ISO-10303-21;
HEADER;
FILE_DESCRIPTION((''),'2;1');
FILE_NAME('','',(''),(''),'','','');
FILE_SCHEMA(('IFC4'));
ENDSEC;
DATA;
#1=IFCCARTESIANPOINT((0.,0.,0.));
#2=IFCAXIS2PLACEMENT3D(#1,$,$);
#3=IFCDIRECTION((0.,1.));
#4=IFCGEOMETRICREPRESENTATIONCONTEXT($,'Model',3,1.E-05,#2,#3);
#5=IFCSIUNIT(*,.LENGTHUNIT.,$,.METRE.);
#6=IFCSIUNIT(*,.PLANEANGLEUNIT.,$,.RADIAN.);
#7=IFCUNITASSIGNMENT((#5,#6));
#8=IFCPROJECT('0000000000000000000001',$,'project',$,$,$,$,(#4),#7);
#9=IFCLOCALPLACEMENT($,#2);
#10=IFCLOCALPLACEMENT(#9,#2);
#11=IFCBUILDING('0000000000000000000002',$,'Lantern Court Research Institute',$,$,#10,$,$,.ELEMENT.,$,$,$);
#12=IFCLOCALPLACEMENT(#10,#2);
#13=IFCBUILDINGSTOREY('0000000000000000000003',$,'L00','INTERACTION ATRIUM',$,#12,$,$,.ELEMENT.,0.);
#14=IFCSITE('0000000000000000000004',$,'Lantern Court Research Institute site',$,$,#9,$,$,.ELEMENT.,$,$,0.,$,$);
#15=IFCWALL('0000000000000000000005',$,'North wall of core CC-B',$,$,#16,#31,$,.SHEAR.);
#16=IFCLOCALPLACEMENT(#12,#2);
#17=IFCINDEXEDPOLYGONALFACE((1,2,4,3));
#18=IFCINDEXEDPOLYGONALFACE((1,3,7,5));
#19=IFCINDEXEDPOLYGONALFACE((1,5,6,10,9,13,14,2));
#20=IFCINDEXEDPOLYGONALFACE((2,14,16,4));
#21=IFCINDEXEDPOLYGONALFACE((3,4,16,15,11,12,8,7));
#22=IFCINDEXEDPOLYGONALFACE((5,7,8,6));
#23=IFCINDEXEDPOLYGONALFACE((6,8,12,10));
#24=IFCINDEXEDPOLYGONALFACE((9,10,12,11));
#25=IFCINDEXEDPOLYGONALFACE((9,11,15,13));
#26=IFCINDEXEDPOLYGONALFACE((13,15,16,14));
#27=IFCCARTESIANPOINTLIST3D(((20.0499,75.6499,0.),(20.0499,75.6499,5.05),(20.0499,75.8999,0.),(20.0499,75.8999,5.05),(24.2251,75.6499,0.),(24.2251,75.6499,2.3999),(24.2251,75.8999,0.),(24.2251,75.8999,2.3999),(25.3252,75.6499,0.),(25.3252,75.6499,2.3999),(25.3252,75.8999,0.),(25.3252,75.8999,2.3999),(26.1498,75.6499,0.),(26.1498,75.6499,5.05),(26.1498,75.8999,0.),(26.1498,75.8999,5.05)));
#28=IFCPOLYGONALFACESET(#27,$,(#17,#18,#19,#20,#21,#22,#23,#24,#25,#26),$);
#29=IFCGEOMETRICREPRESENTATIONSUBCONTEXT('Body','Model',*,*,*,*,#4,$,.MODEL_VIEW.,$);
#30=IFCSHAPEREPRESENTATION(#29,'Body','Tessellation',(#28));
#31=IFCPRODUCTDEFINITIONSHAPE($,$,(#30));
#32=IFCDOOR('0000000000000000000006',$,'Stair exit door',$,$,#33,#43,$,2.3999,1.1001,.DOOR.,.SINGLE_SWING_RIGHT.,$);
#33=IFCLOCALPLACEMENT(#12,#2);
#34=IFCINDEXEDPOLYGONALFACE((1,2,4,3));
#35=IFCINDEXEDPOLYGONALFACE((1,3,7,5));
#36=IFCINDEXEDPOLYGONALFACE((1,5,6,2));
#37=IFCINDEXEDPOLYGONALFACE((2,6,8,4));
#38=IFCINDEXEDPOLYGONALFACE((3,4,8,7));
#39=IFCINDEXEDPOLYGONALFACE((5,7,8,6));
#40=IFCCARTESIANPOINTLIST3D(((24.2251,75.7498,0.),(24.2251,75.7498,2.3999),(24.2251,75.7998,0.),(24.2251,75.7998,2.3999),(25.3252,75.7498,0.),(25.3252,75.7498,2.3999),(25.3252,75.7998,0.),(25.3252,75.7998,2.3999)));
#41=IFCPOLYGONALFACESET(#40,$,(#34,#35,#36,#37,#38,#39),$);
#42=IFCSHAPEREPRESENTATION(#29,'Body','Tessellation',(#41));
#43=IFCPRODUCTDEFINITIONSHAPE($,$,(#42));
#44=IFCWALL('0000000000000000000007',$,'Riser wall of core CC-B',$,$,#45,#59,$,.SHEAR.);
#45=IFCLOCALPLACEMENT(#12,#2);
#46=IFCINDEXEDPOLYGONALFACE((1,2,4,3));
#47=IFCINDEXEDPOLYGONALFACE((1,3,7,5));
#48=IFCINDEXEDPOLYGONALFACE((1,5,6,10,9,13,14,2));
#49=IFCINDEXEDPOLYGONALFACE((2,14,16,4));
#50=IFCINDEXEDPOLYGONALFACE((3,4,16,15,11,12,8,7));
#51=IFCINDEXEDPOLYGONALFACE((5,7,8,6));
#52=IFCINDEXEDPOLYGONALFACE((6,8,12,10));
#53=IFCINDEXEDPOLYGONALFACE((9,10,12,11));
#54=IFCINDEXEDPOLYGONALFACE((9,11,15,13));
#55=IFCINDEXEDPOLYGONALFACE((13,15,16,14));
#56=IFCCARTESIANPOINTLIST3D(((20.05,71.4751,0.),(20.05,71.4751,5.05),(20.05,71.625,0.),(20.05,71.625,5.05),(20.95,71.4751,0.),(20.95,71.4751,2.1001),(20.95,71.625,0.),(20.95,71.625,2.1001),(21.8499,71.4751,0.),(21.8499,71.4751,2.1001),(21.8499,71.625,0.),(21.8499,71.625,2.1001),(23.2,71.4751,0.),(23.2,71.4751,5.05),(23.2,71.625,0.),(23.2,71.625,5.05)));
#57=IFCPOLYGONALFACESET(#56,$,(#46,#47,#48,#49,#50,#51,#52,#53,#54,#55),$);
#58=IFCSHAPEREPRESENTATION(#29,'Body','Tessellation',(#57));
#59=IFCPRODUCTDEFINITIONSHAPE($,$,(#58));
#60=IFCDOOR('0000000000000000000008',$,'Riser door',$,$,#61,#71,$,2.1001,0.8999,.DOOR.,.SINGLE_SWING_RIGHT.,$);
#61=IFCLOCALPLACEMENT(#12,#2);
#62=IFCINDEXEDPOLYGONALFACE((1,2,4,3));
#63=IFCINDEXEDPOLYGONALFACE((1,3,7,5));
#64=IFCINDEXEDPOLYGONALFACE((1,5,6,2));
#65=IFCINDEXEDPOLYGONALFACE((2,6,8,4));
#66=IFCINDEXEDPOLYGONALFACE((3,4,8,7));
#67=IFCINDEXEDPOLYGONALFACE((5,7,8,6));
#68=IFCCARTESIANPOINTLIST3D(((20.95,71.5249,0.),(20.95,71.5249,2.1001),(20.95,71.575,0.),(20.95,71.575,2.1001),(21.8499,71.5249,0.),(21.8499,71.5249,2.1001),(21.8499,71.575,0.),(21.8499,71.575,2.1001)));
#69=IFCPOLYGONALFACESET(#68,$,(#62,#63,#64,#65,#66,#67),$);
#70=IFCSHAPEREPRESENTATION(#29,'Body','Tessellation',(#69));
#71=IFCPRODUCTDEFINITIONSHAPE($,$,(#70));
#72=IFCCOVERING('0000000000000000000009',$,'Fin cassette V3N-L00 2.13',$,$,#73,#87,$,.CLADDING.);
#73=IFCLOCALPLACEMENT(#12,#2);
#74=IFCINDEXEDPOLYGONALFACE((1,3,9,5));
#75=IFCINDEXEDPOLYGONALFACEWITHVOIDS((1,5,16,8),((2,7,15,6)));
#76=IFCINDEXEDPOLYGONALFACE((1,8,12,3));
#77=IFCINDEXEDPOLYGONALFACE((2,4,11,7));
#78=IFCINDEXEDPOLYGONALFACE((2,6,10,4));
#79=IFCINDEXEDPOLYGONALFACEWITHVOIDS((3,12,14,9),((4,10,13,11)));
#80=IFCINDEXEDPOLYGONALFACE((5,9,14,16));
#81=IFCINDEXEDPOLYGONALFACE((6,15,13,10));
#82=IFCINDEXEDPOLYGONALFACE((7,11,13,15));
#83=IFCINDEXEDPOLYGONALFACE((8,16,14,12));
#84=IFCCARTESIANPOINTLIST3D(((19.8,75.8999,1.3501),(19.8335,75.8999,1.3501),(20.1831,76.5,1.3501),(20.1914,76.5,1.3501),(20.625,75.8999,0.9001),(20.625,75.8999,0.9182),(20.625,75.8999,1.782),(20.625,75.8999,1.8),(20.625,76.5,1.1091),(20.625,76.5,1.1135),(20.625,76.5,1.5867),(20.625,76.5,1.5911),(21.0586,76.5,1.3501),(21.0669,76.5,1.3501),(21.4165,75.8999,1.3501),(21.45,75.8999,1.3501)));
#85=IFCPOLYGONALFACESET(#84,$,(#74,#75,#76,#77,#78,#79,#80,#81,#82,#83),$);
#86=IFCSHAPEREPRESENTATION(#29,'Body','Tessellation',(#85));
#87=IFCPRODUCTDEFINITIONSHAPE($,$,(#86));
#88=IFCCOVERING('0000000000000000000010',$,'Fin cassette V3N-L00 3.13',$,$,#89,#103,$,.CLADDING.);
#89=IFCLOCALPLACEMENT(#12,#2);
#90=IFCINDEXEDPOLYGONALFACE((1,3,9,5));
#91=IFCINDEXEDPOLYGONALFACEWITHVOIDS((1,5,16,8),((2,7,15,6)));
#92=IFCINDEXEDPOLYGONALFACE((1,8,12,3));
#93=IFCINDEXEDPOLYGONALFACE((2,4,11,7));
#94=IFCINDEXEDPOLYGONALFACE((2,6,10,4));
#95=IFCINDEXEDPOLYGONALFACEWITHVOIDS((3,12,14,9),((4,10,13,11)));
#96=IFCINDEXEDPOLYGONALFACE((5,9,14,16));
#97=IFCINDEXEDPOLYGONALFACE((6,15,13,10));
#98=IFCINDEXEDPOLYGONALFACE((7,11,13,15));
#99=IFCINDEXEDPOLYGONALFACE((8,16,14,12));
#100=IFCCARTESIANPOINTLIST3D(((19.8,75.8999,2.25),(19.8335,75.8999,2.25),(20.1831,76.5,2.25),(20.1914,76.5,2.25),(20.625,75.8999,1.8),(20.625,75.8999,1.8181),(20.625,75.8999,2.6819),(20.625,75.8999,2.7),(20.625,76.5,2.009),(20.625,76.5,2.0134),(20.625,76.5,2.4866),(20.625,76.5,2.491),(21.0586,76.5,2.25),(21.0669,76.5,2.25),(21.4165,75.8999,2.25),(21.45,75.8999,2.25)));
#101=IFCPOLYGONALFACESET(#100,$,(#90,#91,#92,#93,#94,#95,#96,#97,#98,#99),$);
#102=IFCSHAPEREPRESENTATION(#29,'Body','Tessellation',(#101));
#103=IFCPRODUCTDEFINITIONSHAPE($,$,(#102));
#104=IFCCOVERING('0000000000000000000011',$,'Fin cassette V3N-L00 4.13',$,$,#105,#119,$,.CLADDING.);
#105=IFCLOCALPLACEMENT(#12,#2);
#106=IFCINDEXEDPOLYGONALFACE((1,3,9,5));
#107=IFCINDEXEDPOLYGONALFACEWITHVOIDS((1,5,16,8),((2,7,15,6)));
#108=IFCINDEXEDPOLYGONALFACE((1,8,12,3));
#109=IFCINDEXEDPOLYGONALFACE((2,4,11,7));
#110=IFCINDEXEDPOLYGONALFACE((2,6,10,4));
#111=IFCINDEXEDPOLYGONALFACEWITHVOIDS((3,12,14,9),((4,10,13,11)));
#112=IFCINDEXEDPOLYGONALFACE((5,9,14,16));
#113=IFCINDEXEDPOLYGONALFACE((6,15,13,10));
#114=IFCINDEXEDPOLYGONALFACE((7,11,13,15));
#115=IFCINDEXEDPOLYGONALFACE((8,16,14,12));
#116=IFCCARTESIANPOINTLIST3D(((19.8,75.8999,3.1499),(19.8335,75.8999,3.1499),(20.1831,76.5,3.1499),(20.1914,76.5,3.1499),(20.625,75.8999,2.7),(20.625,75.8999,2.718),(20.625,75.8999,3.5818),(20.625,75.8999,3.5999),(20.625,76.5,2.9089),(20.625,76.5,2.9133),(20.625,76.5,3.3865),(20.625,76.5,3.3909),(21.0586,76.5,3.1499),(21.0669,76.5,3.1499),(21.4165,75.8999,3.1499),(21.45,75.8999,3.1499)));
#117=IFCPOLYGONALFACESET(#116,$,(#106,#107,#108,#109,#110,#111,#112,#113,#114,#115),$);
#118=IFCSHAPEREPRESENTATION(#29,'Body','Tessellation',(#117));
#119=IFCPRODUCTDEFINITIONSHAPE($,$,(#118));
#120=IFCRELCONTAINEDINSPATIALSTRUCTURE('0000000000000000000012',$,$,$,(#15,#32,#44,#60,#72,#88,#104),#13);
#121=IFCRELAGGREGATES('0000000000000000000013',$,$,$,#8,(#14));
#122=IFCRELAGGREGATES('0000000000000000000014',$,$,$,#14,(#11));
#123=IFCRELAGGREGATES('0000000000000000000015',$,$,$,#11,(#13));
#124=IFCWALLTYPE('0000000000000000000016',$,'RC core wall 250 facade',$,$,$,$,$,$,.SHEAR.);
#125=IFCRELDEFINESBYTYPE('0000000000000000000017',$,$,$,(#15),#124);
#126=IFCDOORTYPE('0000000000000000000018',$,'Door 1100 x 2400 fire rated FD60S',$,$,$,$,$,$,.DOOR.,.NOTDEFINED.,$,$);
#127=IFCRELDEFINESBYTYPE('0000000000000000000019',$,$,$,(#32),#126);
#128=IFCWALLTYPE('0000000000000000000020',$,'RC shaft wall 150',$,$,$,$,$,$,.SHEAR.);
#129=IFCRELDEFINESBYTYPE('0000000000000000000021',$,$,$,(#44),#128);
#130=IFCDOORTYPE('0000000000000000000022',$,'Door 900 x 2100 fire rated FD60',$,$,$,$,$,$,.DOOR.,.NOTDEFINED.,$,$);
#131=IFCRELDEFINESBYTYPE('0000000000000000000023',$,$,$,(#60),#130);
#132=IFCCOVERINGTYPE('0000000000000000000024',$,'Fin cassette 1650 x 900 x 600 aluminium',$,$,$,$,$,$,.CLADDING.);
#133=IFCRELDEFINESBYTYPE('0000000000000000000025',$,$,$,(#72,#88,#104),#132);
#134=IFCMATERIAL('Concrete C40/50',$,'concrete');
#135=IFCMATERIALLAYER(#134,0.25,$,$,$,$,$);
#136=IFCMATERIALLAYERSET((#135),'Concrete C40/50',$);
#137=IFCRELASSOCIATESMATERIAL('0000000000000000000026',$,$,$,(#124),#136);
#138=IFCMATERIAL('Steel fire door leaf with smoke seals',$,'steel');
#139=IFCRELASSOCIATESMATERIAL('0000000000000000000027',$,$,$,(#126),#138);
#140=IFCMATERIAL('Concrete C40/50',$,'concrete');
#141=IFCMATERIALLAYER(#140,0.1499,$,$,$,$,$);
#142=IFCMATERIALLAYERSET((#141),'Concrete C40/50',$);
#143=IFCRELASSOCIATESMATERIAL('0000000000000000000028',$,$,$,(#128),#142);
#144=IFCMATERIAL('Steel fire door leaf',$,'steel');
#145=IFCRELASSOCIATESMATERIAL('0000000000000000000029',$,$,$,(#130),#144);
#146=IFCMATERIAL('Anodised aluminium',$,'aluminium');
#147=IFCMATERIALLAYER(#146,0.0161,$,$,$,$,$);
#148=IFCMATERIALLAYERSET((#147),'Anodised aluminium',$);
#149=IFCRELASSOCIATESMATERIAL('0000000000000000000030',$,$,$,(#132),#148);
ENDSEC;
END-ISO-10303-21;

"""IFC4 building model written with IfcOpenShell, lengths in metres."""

from ifc_helpers import new_model, entity, si_unit, direction, frame, frame_2d, origin, place, context, subcontext, project, spatial, rectangle, extrude, material, layer, layer_set, type_object, element, fill, save


model = new_model("IFC4")

# Units and contexts
model_context = context("Model", 3, precision=1e-05, world=origin(), true_north=direction((0.0, 1.0)))
body_context = subcontext(model_context, "Body", "Model", "MODEL_VIEW")
ifc_project = project(units=[si_unit("LENGTHUNIT", "METRE"), si_unit("PLANEANGLEUNIT", "RADIAN")], contexts=[model_context])

# Site, building, storey
site_placement = place(None, origin())
site = spatial("IfcSite", under=ifc_project, at=site_placement, Name="Lantern Court Research Institute site", CompositionType="ELEMENT", RefElevation=0.0)
building_placement = place(site_placement, origin())
building = spatial("IfcBuilding", under=site, at=building_placement, Name="Lantern Court Research Institute", CompositionType="ELEMENT")
storey_placement = place(building_placement, origin())
storey = spatial("IfcBuildingStorey", under=building, at=storey_placement, Name="L00", Description="INTERACTION ATRIUM", CompositionType="ELEMENT", Elevation=0.0)

# Walls, openings, doors
ifc_material_1 = material(Name="Concrete C40/50", Category="concrete")
ifc_layer_1 = layer(ifc_material_1, 0.25)
ifc_layer_set_1 = layer_set([ifc_layer_1], Name="Concrete C40/50")
wall_type_1 = type_object("IfcWallType", Name="RC core wall 250 facade", PredefinedType="SHEAR", material=ifc_layer_set_1)
wall_1_placement = place(storey_placement, frame((20.05, 75.7749, 0.0), z_axis=(0.0, 0.0, 1.0), x_axis=(1.0, 0.0, 0.0)))
wall_1 = element("IfcWall", 1, at=wall_1_placement, inside=storey, type_object=wall_type_1, Name="North wall of core CC-B", PredefinedType="SHEAR", context=body_context, shape_type="SweptSolid", body=[
    extrude(rectangle(XDim=6.0999, YDim=0.25, at=frame_2d((3.0498, 0.0))), origin(), (0.0, 0.0, 1.0), 5.05),
])
opening_1_placement = place(wall_1_placement, frame((4.175, 0.0, 0.0)))
opening_1 = element("IfcOpeningElement", 2, at=opening_1_placement, cuts=wall_1, PredefinedType="OPENING", context=body_context, shape_type="SweptSolid", body=[
    extrude(rectangle(XDim=1.1001, YDim=2.3999, at=frame_2d((0.55, 1.2))), frame((0.0, 0.135, 0.0), z_axis=(0.0, -1.0, 0.0), x_axis=(1.0, 0.0, 0.0)), (0.0, 0.0, 1.0), 0.27),
])
ifc_material_2 = material(Name="Steel fire door leaf with smoke seals", Category="steel")
door_type_1 = type_object("IfcDoorType", Name="Door 1100 x 2400 fire rated FD60S", OperationType="NOTDEFINED", PredefinedType="DOOR", material=ifc_material_2)
door_1_placement = place(opening_1_placement, origin())
door_1 = element("IfcDoor", 3, at=door_1_placement, inside=storey, type_object=door_type_1, Name="Stair exit door", OperationType="SINGLE_SWING_RIGHT", OverallHeight=2.3999, OverallWidth=1.1001, PredefinedType="DOOR", context=body_context, shape_type="SweptSolid", body=[
    extrude(rectangle(XDim=1.1001, YDim=2.3999, at=frame_2d((0.55, 1.2))), frame((0.0, 0.0249, 0.0), z_axis=(0.0, -1.0, 0.0), x_axis=(1.0, 0.0, 0.0)), (0.0, 0.0, 1.0), 0.05),
])
fill(opening_1, door_1)
ifc_material_3 = material(Name="Concrete C40/50", Category="concrete")
ifc_layer_2 = layer(ifc_material_3, 0.1499)
ifc_layer_set_2 = layer_set([ifc_layer_2], Name="Concrete C40/50")
wall_type_2 = type_object("IfcWallType", Name="RC shaft wall 150", PredefinedType="SHEAR", material=ifc_layer_set_2)
wall_2_placement = place(storey_placement, frame((20.05, 71.55, 0.0), z_axis=(0.0, 0.0, 1.0), x_axis=(1.0, 0.0, 0.0)))
wall_2 = element("IfcWall", 4, at=wall_2_placement, inside=storey, type_object=wall_type_2, Name="Riser wall of core CC-B", PredefinedType="SHEAR", context=body_context, shape_type="SweptSolid", body=[
    extrude(rectangle(XDim=3.1499, YDim=0.1499, at=frame_2d((1.575, 0.0))), origin(), (0.0, 0.0, 1.0), 5.05),
])
opening_2_placement = place(wall_2_placement, frame((0.8999, 0.0, 0.0)))
opening_2 = element("IfcOpeningElement", 5, at=opening_2_placement, cuts=wall_2, PredefinedType="OPENING", context=body_context, shape_type="SweptSolid", body=[
    extrude(rectangle(XDim=0.8999, YDim=2.1001, at=frame_2d((0.45, 1.05))), frame((0.0, 0.085, 0.0), z_axis=(0.0, -1.0, 0.0), x_axis=(1.0, 0.0, 0.0)), (0.0, 0.0, 1.0), 0.1699),
])
ifc_material_4 = material(Name="Steel fire door leaf", Category="steel")
door_type_2 = type_object("IfcDoorType", Name="Door 900 x 2100 fire rated FD60", OperationType="NOTDEFINED", PredefinedType="DOOR", material=ifc_material_4)
door_2_placement = place(opening_2_placement, origin())
door_2 = element("IfcDoor", 6, at=door_2_placement, inside=storey, type_object=door_type_2, Name="Riser door", OperationType="SINGLE_SWING_RIGHT", OverallHeight=2.1001, OverallWidth=0.8999, PredefinedType="DOOR", context=body_context, shape_type="SweptSolid", body=[
    extrude(rectangle(XDim=0.8999, YDim=2.1001, at=frame_2d((0.45, 1.05))), frame((0.0, 0.0249, 0.0), z_axis=(0.0, -1.0, 0.0), x_axis=(1.0, 0.0, 0.0)), (0.0, 0.0, 1.0), 0.05),
])
fill(opening_2, door_2)

# Coverings
ifc_material_5 = material(Name="Anodised aluminium", Category="aluminium")
ifc_layer_3 = layer(ifc_material_5, 0.0161)
ifc_layer_set_3 = layer_set([ifc_layer_3], Name="Anodised aluminium")
covering_type = type_object("IfcCoveringType", Name="Fin cassette 1650 x 900 x 600 aluminium", PredefinedType="CLADDING", material=ifc_layer_set_3)
covering_1_placement = place(storey_placement, frame((20.625, 75.8999, 1.3501), z_axis=(0.0, 1.0, 0.0), x_axis=(-1.0, 0.0, 0.0)))
cartesian_point_1 = entity("IfcCartesianPoint", [0.825, 0.0])
cartesian_point_2 = entity("IfcCartesianPoint", [0.7915, 0.0])
cartesian_point_3 = entity("IfcCartesianPoint", [0.4419, 0.0])
cartesian_point_4 = entity("IfcCartesianPoint", [0.4336, 0.0])
element("IfcCovering", 7, at=covering_1_placement, inside=storey, type_object=covering_type, Name="Fin cassette V3N-L00 2.13", PredefinedType="CLADDING", context=body_context, shape_type="SweptSolid", body=[
    entity("IfcExtrudedAreaSolidTapered", entity("IfcArbitraryProfileDefWithVoids", "AREA", None, entity("IfcPolyline", [cartesian_point_1, entity("IfcCartesianPoint", [0.0, 0.45]), entity("IfcCartesianPoint", [-0.825, 0.0]), entity("IfcCartesianPoint", [0.0, -0.45]), cartesian_point_1]), [entity("IfcPolyline", [cartesian_point_2, entity("IfcCartesianPoint", [0.0, 0.4319]), entity("IfcCartesianPoint", [-0.7915, 0.0]), entity("IfcCartesianPoint", [0.0, -0.4319]), cartesian_point_2])]), entity("IfcAxis2Placement3D", entity("IfcCartesianPoint", [0.0, 0.0, 0.0])), entity("IfcDirection", [0.0, 0.0, 1.0]), 0.6001, entity("IfcArbitraryProfileDefWithVoids", "AREA", None, entity("IfcPolyline", [cartesian_point_3, entity("IfcCartesianPoint", [0.0, 0.241]), entity("IfcCartesianPoint", [-0.4419, 0.0]), entity("IfcCartesianPoint", [0.0, -0.241]), cartesian_point_3]), [entity("IfcPolyline", [cartesian_point_4, entity("IfcCartesianPoint", [0.0, 0.2366]), entity("IfcCartesianPoint", [-0.4336, 0.0]), entity("IfcCartesianPoint", [0.0, -0.2366]), cartesian_point_4])])),
])
covering_2_placement = place(storey_placement, frame((20.625, 75.8999, 2.25), z_axis=(0.0, 1.0, 0.0), x_axis=(-1.0, 0.0, 0.0)))
cartesian_point_5 = entity("IfcCartesianPoint", [0.825, 0.0])
cartesian_point_6 = entity("IfcCartesianPoint", [0.7915, 0.0])
cartesian_point_7 = entity("IfcCartesianPoint", [0.4419, 0.0])
cartesian_point_8 = entity("IfcCartesianPoint", [0.4336, 0.0])
element("IfcCovering", 8, at=covering_2_placement, inside=storey, type_object=covering_type, Name="Fin cassette V3N-L00 3.13", PredefinedType="CLADDING", context=body_context, shape_type="SweptSolid", body=[
    entity("IfcExtrudedAreaSolidTapered", entity("IfcArbitraryProfileDefWithVoids", "AREA", None, entity("IfcPolyline", [cartesian_point_5, entity("IfcCartesianPoint", [0.0, 0.45]), entity("IfcCartesianPoint", [-0.825, 0.0]), entity("IfcCartesianPoint", [0.0, -0.45]), cartesian_point_5]), [entity("IfcPolyline", [cartesian_point_6, entity("IfcCartesianPoint", [0.0, 0.4319]), entity("IfcCartesianPoint", [-0.7915, 0.0]), entity("IfcCartesianPoint", [0.0, -0.4319]), cartesian_point_6])]), entity("IfcAxis2Placement3D", entity("IfcCartesianPoint", [0.0, 0.0, 0.0])), entity("IfcDirection", [0.0, 0.0, 1.0]), 0.6001, entity("IfcArbitraryProfileDefWithVoids", "AREA", None, entity("IfcPolyline", [cartesian_point_7, entity("IfcCartesianPoint", [0.0, 0.241]), entity("IfcCartesianPoint", [-0.4419, 0.0]), entity("IfcCartesianPoint", [0.0, -0.241]), cartesian_point_7]), [entity("IfcPolyline", [cartesian_point_8, entity("IfcCartesianPoint", [0.0, 0.2366]), entity("IfcCartesianPoint", [-0.4336, 0.0]), entity("IfcCartesianPoint", [0.0, -0.2366]), cartesian_point_8])])),
])
covering_3_placement = place(storey_placement, frame((20.625, 75.8999, 3.1499), z_axis=(0.0, 1.0, 0.0), x_axis=(-1.0, 0.0, 0.0)))
cartesian_point_9 = entity("IfcCartesianPoint", [0.825, 0.0])
cartesian_point_10 = entity("IfcCartesianPoint", [0.7915, 0.0])
cartesian_point_11 = entity("IfcCartesianPoint", [0.4419, 0.0])
cartesian_point_12 = entity("IfcCartesianPoint", [0.4336, 0.0])
element("IfcCovering", 9, at=covering_3_placement, inside=storey, type_object=covering_type, Name="Fin cassette V3N-L00 4.13", PredefinedType="CLADDING", context=body_context, shape_type="SweptSolid", body=[
    entity("IfcExtrudedAreaSolidTapered", entity("IfcArbitraryProfileDefWithVoids", "AREA", None, entity("IfcPolyline", [cartesian_point_9, entity("IfcCartesianPoint", [0.0, 0.45]), entity("IfcCartesianPoint", [-0.825, 0.0]), entity("IfcCartesianPoint", [0.0, -0.45]), cartesian_point_9]), [entity("IfcPolyline", [cartesian_point_10, entity("IfcCartesianPoint", [0.0, 0.4319]), entity("IfcCartesianPoint", [-0.7915, 0.0]), entity("IfcCartesianPoint", [0.0, -0.4319]), cartesian_point_10])]), entity("IfcAxis2Placement3D", entity("IfcCartesianPoint", [0.0, 0.0, 0.0])), entity("IfcDirection", [0.0, 0.0, 1.0]), 0.6001, entity("IfcArbitraryProfileDefWithVoids", "AREA", None, entity("IfcPolyline", [cartesian_point_11, entity("IfcCartesianPoint", [0.0, 0.241]), entity("IfcCartesianPoint", [-0.4419, 0.0]), entity("IfcCartesianPoint", [0.0, -0.241]), cartesian_point_11]), [entity("IfcPolyline", [cartesian_point_12, entity("IfcCartesianPoint", [0.0, 0.2366]), entity("IfcCartesianPoint", [-0.4336, 0.0]), entity("IfcCartesianPoint", [0.0, -0.2366]), cartesian_point_12])])),
])

save(model, "model.ifc")
